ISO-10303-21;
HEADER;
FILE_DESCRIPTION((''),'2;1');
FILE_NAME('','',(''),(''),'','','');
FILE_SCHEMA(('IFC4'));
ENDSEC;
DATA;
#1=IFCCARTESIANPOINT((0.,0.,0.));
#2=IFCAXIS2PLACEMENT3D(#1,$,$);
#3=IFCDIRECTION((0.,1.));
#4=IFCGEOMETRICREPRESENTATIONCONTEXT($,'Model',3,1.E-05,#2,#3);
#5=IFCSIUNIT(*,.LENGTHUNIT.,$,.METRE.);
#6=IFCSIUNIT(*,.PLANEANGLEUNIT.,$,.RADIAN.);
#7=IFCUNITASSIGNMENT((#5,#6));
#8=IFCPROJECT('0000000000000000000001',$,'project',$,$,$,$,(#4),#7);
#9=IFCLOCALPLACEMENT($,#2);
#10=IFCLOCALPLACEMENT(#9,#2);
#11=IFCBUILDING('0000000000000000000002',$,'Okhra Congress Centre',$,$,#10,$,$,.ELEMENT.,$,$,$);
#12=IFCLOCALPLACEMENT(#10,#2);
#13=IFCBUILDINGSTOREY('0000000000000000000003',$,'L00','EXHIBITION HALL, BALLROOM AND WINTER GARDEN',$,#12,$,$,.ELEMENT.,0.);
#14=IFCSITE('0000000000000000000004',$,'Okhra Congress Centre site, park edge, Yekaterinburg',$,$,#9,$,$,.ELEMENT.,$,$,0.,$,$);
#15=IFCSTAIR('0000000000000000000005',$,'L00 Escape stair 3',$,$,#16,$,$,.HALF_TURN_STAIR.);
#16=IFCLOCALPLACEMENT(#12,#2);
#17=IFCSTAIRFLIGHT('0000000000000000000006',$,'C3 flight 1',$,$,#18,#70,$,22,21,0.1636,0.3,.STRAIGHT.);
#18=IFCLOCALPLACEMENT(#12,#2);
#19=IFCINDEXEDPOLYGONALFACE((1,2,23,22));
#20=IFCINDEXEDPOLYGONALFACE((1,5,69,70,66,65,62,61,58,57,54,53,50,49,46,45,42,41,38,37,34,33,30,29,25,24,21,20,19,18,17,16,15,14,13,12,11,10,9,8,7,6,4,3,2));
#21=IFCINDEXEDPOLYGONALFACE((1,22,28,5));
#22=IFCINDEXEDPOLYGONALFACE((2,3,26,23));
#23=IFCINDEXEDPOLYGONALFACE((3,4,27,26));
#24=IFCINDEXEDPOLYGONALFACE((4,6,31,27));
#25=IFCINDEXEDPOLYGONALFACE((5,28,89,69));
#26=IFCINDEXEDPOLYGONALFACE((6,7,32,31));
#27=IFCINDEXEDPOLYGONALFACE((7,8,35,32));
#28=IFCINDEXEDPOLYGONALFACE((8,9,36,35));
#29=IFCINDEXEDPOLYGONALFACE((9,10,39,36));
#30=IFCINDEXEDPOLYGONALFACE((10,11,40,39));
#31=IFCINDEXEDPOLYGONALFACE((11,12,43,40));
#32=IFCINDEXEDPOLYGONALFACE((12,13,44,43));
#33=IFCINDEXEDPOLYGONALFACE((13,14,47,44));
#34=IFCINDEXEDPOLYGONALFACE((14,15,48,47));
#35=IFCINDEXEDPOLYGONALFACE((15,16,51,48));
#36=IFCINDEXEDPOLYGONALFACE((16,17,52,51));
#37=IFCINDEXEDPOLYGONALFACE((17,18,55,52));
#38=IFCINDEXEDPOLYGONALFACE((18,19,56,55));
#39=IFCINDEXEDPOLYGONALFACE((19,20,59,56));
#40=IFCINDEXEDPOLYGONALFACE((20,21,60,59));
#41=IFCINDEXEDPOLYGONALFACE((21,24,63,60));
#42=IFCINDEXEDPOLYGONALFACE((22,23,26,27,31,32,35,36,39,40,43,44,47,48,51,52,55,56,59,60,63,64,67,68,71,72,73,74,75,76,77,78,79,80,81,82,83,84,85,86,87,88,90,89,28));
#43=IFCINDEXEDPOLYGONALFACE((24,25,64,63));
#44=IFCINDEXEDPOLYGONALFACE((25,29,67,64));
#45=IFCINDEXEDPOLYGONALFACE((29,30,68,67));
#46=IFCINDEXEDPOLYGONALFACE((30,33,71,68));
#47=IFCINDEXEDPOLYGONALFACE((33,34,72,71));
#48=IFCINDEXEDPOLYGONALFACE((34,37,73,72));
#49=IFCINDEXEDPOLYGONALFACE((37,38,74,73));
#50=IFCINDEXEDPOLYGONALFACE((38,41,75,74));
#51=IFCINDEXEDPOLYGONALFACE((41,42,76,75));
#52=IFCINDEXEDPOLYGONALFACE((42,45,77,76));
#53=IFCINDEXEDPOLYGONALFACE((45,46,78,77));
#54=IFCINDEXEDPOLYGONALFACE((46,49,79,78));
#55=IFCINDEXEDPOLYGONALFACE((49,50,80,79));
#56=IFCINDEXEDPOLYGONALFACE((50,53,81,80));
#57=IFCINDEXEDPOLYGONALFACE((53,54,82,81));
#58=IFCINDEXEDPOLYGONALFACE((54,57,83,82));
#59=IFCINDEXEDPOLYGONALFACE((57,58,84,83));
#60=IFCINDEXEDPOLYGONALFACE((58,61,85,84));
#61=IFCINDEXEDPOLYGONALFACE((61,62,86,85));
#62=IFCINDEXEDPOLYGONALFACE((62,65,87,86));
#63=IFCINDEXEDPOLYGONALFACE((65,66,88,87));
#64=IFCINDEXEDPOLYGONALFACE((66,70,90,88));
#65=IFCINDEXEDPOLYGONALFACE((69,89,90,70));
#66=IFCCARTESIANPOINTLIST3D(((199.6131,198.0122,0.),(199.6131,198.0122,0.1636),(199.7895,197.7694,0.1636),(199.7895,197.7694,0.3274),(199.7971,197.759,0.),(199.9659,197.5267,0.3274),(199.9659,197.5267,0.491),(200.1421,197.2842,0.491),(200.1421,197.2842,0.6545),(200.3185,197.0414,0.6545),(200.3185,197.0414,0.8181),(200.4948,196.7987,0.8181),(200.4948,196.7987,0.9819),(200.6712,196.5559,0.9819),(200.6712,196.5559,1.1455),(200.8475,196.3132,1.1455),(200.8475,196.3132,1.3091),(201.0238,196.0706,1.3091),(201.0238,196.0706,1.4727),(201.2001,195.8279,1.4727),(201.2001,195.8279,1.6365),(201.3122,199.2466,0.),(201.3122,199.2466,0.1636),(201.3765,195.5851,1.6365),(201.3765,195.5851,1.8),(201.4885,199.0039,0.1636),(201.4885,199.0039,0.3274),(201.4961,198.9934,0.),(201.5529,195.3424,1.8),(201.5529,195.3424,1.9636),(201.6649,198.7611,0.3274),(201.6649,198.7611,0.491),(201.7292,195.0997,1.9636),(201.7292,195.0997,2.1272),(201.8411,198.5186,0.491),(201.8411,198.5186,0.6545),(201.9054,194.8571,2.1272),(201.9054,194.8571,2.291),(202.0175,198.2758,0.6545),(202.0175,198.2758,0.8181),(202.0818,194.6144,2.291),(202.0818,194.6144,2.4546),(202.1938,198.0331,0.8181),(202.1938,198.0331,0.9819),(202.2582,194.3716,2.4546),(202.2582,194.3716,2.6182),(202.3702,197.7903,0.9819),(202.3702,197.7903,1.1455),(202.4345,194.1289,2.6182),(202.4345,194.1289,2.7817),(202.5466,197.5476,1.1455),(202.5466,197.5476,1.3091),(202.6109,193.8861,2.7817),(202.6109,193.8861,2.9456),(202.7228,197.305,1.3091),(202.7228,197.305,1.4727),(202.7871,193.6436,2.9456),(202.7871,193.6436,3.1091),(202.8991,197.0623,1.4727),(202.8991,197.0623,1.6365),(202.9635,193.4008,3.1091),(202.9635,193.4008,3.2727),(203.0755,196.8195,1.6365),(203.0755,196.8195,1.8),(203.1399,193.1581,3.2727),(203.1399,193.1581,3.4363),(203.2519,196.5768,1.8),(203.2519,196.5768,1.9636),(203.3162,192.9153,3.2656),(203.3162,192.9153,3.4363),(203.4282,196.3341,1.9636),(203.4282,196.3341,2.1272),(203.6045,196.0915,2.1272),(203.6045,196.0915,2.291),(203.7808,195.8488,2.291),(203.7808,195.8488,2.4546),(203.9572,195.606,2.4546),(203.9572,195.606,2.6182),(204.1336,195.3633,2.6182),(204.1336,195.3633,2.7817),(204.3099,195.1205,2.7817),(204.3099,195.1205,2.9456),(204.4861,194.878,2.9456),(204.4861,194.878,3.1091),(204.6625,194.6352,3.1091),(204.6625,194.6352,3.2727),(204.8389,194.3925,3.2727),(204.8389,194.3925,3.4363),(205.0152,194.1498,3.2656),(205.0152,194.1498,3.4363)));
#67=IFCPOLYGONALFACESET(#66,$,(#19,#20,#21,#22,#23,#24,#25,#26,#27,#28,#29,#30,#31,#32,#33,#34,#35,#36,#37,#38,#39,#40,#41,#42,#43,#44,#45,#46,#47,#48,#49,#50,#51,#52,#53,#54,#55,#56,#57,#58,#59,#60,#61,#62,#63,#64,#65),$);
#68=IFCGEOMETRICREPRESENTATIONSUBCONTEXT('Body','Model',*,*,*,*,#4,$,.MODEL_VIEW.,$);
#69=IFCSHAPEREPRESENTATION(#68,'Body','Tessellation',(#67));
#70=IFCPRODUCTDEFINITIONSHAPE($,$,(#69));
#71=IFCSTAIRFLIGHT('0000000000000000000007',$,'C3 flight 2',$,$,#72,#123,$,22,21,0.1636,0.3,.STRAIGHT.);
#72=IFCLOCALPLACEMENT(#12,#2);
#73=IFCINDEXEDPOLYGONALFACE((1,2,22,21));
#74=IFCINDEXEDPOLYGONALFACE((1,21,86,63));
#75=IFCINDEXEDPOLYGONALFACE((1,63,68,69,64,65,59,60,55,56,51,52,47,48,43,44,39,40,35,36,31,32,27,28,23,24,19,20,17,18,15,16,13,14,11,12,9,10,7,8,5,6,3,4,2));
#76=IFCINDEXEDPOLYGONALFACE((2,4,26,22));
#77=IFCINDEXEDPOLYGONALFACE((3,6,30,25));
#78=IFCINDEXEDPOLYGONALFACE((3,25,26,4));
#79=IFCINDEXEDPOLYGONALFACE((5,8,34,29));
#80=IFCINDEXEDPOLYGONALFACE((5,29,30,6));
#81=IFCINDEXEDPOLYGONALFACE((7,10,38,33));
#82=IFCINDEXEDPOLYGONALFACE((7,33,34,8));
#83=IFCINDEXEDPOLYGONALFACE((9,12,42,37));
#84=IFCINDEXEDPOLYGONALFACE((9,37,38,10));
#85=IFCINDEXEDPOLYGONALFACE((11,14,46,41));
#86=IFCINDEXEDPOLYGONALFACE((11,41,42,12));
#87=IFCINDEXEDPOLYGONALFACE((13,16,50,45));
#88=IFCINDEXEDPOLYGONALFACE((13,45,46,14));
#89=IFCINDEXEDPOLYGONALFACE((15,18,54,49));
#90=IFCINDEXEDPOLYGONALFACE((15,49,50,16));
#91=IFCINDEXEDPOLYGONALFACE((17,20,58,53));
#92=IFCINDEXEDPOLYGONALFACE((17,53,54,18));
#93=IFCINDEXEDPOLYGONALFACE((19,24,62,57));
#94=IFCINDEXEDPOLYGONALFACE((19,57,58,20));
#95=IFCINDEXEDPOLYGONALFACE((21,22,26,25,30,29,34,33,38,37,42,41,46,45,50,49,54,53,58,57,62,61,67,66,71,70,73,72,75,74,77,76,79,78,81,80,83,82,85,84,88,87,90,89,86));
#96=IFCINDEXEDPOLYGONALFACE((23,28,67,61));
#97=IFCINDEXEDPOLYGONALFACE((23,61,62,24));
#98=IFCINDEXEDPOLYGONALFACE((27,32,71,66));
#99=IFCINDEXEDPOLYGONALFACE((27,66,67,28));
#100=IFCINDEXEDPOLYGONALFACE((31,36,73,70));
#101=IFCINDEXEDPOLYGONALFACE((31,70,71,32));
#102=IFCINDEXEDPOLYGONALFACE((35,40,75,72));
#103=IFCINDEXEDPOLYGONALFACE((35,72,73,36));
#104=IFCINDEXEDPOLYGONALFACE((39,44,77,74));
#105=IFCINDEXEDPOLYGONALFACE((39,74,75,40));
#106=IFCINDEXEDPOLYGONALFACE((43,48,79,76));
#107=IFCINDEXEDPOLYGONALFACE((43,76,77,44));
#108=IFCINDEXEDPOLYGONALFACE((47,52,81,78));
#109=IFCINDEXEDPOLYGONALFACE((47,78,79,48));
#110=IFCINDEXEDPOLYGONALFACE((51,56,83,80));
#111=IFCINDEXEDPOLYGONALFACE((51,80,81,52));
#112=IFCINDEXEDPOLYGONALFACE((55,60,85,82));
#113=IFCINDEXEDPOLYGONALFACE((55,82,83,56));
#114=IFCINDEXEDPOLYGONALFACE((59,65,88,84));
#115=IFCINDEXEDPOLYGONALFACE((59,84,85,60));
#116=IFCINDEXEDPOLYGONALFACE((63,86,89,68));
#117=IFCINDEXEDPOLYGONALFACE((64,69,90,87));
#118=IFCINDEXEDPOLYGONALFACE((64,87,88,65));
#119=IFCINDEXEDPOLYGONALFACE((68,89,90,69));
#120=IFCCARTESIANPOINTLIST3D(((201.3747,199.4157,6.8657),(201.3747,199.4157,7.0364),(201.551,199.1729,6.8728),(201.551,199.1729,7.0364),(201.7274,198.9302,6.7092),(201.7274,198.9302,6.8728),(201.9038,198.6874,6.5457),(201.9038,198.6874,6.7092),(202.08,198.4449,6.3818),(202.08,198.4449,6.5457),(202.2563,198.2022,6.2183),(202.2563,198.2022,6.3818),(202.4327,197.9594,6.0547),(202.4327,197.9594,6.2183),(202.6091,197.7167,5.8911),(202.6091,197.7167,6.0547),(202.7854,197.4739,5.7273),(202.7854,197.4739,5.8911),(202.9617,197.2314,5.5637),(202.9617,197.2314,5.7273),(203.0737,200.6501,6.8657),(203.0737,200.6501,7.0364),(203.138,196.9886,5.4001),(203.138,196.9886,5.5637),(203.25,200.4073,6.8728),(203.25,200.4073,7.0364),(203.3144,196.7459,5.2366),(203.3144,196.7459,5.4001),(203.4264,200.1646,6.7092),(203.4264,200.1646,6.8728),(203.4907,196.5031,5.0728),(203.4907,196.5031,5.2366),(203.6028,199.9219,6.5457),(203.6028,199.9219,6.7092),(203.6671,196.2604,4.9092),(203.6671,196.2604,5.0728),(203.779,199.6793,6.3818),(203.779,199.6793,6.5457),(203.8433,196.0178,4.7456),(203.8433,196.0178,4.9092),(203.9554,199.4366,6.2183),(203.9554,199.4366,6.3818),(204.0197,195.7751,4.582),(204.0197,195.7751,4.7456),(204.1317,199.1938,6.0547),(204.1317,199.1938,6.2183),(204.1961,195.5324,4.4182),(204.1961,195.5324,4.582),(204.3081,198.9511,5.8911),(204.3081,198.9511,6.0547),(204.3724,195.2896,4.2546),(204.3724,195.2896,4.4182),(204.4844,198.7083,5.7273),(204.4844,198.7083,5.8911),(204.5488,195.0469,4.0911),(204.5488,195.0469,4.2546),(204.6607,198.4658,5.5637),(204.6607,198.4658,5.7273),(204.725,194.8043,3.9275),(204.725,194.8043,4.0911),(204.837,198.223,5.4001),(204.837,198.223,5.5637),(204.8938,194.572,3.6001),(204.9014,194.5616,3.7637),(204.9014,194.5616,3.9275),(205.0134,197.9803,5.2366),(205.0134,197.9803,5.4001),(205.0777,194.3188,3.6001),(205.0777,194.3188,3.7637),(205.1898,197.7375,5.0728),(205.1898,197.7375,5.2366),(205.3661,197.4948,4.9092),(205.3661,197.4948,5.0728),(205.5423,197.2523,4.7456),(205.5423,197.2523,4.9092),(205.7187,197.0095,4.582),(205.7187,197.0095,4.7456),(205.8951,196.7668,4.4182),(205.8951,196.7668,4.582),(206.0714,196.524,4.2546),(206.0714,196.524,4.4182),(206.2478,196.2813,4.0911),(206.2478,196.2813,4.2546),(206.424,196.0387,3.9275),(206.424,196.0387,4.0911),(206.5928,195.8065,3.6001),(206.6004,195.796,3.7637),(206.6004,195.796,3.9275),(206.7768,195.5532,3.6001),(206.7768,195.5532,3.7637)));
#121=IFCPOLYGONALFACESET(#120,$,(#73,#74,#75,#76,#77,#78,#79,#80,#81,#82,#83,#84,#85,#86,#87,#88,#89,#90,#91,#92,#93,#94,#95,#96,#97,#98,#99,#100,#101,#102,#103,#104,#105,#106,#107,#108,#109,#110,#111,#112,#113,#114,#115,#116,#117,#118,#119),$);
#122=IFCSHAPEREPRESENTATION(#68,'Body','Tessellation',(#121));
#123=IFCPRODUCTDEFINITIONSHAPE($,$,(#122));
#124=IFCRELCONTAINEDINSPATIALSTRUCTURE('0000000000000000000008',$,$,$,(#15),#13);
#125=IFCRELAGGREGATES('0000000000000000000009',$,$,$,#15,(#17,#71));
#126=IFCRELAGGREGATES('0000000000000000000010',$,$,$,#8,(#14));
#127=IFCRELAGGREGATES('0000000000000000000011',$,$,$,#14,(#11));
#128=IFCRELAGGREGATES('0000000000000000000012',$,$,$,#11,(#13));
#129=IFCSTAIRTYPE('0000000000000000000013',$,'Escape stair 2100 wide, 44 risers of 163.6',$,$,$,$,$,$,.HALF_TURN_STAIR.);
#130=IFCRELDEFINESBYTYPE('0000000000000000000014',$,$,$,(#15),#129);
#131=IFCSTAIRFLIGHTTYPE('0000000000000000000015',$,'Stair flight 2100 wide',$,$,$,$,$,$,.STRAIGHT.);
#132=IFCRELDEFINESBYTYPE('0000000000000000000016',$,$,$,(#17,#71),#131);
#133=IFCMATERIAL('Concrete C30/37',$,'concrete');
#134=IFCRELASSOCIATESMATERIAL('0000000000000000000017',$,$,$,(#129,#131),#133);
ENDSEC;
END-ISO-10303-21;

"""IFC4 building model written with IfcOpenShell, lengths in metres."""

from ifc_helpers import new_model, si_unit, direction, frame, origin, place, context, subcontext, project, spatial, polyline, outline, extrude, material, type_object, element, aggregate, save


model = new_model("IFC4")

# Units and contexts
model_context = context("Model", 3, precision=1e-05, world=origin(), true_north=direction((0.0, 1.0)))
body_context = subcontext(model_context, "Body", "Model", "MODEL_VIEW")
ifc_project = project(units=[si_unit("LENGTHUNIT", "METRE"), si_unit("PLANEANGLEUNIT", "RADIAN")], contexts=[model_context])

# Site, building, storey
site_placement = place(None, origin())
site = spatial("IfcSite", under=ifc_project, at=site_placement, Name="Okhra Congress Centre site, park edge, Yekaterinburg", CompositionType="ELEMENT", RefElevation=0.0)
building_placement = place(site_placement, origin())
building = spatial("IfcBuilding", under=site, at=building_placement, Name="Okhra Congress Centre", CompositionType="ELEMENT")
storey_placement = place(building_placement, origin())
storey = spatial("IfcBuildingStorey", under=building, at=storey_placement, Name="L00", Description="EXHIBITION HALL, BALLROOM AND WINTER GARDEN", CompositionType="ELEMENT", Elevation=0.0)

# Shared definitions
ifc_material_1 = material(Name="Concrete C30/37", Category="concrete")

# Stair, stair flights
stair_type = type_object("IfcStairType", Name="Escape stair 2100 wide, 44 risers of 163.6", PredefinedType="HALF_TURN_STAIR", material=ifc_material_1)
stair_placement = place(storey_placement, origin())
stair = element("IfcStair", 1, at=stair_placement, inside=storey, type_object=stair_type, Name="L00 Escape stair 3", PredefinedType="HALF_TURN_STAIR")
stair_flight_type = type_object("IfcStairFlightType", Name="Stair flight 2100 wide", PredefinedType="STRAIGHT", material=ifc_material_1)
stair_flight_1_placement = place(storey_placement, frame((200.4626, 198.6294, 0.0), z_axis=(0.0, 0.0, 1.0), x_axis=(0.587785, -0.809017, 0.0)))
stair_flight_1 = element("IfcStairFlight", 2, at=stair_flight_1_placement, type_object=stair_flight_type, Name="C3 flight 1", NumberOfRisers=22, NumberOfTreads=21, PredefinedType="STRAIGHT", RiserHeight=0.1636, TreadLength=0.3, context=body_context, shape_type="SweptSolid", body=[
    extrude(outline(polyline([(0.0, 0.0), (0.0, 0.1636), (0.3, 0.1636), (0.3, 0.3274), (0.6001, 0.3274), (0.6001, 0.491), (0.8999, 0.491), (0.8999, 0.6545), (1.2, 0.6545), (1.2, 0.8181), (1.5, 0.8181), (1.5, 0.9819), (1.8, 0.9819), (1.8, 1.1455), (2.1001, 1.1455), (2.1001, 1.3091), (2.3999, 1.3091), (2.3999, 1.4727), (2.7, 1.4727), (2.7, 1.6365), (3.0, 1.6365), (3.0, 1.8), (3.3, 1.8), (3.3, 1.9636), (3.6001, 1.9636), (3.6001, 2.1272), (3.8999, 2.1272), (3.8999, 2.291), (4.2, 2.291), (4.2, 2.4546), (4.5, 2.4546), (4.5, 2.6182), (4.8, 2.6182), (4.8, 2.7817), (5.1001, 2.7817), (5.1001, 2.9456), (5.3999, 2.9456), (5.3999, 3.1091), (5.7, 3.1091), (5.7, 3.2727), (6.0, 3.2727), (6.0, 3.4363), (6.3, 3.4363), (6.3, 3.6001), (6.3, 3.2656), (0.313, 0.0), (0.0, 0.0)])), frame((0.0, 1.05, 0.0), z_axis=(0.0, -1.0, 0.0), x_axis=(1.0, 0.0, 0.0)), (0.0, 0.0, 1.0), 2.1001),
])
stair_flight_2_placement = place(storey_placement, frame((205.9272, 194.936, 3.6001), z_axis=(0.0, 0.0, 1.0), x_axis=(-0.587785, 0.809017, 0.0)))
stair_flight_2 = element("IfcStairFlight", 3, at=stair_flight_2_placement, type_object=stair_flight_type, Name="C3 flight 2", NumberOfRisers=22, NumberOfTreads=21, PredefinedType="STRAIGHT", RiserHeight=0.1636, TreadLength=0.3, context=body_context, shape_type="SweptSolid", body=[
    extrude(outline(polyline([(0.0, 0.0), (0.0, 0.1636), (0.3, 0.1636), (0.3, 0.3274), (0.6001, 0.3274), (0.6001, 0.491), (0.8999, 0.491), (0.8999, 0.6545), (1.2, 0.6545), (1.2, 0.8181), (1.5, 0.8181), (1.5, 0.9819), (1.8, 0.9819), (1.8, 1.1455), (2.1001, 1.1455), (2.1001, 1.3091), (2.3999, 1.3091), (2.3999, 1.4727), (2.7, 1.4727), (2.7, 1.6365), (3.0, 1.6365), (3.0, 1.8), (3.3, 1.8), (3.3, 1.9636), (3.6001, 1.9636), (3.6001, 2.1272), (3.8999, 2.1272), (3.8999, 2.291), (4.2, 2.291), (4.2, 2.4546), (4.5, 2.4546), (4.5, 2.6182), (4.8, 2.6182), (4.8, 2.7817), (5.1001, 2.7817), (5.1001, 2.9456), (5.3999, 2.9456), (5.3999, 3.1091), (5.7, 3.1091), (5.7, 3.2727), (6.0, 3.2727), (6.0, 3.4363), (6.3, 3.4363), (6.3, 3.6001), (6.3, 3.2656), (0.313, 0.0), (0.0, 0.0)])), frame((0.0, 1.05, 0.0), z_axis=(0.0, -1.0, 0.0), x_axis=(1.0, 0.0, 0.0)), (0.0, 0.0, 1.0), 2.1001),
])
aggregate(stair, [stair_flight_1, stair_flight_2])

save(model, "model.ifc")
